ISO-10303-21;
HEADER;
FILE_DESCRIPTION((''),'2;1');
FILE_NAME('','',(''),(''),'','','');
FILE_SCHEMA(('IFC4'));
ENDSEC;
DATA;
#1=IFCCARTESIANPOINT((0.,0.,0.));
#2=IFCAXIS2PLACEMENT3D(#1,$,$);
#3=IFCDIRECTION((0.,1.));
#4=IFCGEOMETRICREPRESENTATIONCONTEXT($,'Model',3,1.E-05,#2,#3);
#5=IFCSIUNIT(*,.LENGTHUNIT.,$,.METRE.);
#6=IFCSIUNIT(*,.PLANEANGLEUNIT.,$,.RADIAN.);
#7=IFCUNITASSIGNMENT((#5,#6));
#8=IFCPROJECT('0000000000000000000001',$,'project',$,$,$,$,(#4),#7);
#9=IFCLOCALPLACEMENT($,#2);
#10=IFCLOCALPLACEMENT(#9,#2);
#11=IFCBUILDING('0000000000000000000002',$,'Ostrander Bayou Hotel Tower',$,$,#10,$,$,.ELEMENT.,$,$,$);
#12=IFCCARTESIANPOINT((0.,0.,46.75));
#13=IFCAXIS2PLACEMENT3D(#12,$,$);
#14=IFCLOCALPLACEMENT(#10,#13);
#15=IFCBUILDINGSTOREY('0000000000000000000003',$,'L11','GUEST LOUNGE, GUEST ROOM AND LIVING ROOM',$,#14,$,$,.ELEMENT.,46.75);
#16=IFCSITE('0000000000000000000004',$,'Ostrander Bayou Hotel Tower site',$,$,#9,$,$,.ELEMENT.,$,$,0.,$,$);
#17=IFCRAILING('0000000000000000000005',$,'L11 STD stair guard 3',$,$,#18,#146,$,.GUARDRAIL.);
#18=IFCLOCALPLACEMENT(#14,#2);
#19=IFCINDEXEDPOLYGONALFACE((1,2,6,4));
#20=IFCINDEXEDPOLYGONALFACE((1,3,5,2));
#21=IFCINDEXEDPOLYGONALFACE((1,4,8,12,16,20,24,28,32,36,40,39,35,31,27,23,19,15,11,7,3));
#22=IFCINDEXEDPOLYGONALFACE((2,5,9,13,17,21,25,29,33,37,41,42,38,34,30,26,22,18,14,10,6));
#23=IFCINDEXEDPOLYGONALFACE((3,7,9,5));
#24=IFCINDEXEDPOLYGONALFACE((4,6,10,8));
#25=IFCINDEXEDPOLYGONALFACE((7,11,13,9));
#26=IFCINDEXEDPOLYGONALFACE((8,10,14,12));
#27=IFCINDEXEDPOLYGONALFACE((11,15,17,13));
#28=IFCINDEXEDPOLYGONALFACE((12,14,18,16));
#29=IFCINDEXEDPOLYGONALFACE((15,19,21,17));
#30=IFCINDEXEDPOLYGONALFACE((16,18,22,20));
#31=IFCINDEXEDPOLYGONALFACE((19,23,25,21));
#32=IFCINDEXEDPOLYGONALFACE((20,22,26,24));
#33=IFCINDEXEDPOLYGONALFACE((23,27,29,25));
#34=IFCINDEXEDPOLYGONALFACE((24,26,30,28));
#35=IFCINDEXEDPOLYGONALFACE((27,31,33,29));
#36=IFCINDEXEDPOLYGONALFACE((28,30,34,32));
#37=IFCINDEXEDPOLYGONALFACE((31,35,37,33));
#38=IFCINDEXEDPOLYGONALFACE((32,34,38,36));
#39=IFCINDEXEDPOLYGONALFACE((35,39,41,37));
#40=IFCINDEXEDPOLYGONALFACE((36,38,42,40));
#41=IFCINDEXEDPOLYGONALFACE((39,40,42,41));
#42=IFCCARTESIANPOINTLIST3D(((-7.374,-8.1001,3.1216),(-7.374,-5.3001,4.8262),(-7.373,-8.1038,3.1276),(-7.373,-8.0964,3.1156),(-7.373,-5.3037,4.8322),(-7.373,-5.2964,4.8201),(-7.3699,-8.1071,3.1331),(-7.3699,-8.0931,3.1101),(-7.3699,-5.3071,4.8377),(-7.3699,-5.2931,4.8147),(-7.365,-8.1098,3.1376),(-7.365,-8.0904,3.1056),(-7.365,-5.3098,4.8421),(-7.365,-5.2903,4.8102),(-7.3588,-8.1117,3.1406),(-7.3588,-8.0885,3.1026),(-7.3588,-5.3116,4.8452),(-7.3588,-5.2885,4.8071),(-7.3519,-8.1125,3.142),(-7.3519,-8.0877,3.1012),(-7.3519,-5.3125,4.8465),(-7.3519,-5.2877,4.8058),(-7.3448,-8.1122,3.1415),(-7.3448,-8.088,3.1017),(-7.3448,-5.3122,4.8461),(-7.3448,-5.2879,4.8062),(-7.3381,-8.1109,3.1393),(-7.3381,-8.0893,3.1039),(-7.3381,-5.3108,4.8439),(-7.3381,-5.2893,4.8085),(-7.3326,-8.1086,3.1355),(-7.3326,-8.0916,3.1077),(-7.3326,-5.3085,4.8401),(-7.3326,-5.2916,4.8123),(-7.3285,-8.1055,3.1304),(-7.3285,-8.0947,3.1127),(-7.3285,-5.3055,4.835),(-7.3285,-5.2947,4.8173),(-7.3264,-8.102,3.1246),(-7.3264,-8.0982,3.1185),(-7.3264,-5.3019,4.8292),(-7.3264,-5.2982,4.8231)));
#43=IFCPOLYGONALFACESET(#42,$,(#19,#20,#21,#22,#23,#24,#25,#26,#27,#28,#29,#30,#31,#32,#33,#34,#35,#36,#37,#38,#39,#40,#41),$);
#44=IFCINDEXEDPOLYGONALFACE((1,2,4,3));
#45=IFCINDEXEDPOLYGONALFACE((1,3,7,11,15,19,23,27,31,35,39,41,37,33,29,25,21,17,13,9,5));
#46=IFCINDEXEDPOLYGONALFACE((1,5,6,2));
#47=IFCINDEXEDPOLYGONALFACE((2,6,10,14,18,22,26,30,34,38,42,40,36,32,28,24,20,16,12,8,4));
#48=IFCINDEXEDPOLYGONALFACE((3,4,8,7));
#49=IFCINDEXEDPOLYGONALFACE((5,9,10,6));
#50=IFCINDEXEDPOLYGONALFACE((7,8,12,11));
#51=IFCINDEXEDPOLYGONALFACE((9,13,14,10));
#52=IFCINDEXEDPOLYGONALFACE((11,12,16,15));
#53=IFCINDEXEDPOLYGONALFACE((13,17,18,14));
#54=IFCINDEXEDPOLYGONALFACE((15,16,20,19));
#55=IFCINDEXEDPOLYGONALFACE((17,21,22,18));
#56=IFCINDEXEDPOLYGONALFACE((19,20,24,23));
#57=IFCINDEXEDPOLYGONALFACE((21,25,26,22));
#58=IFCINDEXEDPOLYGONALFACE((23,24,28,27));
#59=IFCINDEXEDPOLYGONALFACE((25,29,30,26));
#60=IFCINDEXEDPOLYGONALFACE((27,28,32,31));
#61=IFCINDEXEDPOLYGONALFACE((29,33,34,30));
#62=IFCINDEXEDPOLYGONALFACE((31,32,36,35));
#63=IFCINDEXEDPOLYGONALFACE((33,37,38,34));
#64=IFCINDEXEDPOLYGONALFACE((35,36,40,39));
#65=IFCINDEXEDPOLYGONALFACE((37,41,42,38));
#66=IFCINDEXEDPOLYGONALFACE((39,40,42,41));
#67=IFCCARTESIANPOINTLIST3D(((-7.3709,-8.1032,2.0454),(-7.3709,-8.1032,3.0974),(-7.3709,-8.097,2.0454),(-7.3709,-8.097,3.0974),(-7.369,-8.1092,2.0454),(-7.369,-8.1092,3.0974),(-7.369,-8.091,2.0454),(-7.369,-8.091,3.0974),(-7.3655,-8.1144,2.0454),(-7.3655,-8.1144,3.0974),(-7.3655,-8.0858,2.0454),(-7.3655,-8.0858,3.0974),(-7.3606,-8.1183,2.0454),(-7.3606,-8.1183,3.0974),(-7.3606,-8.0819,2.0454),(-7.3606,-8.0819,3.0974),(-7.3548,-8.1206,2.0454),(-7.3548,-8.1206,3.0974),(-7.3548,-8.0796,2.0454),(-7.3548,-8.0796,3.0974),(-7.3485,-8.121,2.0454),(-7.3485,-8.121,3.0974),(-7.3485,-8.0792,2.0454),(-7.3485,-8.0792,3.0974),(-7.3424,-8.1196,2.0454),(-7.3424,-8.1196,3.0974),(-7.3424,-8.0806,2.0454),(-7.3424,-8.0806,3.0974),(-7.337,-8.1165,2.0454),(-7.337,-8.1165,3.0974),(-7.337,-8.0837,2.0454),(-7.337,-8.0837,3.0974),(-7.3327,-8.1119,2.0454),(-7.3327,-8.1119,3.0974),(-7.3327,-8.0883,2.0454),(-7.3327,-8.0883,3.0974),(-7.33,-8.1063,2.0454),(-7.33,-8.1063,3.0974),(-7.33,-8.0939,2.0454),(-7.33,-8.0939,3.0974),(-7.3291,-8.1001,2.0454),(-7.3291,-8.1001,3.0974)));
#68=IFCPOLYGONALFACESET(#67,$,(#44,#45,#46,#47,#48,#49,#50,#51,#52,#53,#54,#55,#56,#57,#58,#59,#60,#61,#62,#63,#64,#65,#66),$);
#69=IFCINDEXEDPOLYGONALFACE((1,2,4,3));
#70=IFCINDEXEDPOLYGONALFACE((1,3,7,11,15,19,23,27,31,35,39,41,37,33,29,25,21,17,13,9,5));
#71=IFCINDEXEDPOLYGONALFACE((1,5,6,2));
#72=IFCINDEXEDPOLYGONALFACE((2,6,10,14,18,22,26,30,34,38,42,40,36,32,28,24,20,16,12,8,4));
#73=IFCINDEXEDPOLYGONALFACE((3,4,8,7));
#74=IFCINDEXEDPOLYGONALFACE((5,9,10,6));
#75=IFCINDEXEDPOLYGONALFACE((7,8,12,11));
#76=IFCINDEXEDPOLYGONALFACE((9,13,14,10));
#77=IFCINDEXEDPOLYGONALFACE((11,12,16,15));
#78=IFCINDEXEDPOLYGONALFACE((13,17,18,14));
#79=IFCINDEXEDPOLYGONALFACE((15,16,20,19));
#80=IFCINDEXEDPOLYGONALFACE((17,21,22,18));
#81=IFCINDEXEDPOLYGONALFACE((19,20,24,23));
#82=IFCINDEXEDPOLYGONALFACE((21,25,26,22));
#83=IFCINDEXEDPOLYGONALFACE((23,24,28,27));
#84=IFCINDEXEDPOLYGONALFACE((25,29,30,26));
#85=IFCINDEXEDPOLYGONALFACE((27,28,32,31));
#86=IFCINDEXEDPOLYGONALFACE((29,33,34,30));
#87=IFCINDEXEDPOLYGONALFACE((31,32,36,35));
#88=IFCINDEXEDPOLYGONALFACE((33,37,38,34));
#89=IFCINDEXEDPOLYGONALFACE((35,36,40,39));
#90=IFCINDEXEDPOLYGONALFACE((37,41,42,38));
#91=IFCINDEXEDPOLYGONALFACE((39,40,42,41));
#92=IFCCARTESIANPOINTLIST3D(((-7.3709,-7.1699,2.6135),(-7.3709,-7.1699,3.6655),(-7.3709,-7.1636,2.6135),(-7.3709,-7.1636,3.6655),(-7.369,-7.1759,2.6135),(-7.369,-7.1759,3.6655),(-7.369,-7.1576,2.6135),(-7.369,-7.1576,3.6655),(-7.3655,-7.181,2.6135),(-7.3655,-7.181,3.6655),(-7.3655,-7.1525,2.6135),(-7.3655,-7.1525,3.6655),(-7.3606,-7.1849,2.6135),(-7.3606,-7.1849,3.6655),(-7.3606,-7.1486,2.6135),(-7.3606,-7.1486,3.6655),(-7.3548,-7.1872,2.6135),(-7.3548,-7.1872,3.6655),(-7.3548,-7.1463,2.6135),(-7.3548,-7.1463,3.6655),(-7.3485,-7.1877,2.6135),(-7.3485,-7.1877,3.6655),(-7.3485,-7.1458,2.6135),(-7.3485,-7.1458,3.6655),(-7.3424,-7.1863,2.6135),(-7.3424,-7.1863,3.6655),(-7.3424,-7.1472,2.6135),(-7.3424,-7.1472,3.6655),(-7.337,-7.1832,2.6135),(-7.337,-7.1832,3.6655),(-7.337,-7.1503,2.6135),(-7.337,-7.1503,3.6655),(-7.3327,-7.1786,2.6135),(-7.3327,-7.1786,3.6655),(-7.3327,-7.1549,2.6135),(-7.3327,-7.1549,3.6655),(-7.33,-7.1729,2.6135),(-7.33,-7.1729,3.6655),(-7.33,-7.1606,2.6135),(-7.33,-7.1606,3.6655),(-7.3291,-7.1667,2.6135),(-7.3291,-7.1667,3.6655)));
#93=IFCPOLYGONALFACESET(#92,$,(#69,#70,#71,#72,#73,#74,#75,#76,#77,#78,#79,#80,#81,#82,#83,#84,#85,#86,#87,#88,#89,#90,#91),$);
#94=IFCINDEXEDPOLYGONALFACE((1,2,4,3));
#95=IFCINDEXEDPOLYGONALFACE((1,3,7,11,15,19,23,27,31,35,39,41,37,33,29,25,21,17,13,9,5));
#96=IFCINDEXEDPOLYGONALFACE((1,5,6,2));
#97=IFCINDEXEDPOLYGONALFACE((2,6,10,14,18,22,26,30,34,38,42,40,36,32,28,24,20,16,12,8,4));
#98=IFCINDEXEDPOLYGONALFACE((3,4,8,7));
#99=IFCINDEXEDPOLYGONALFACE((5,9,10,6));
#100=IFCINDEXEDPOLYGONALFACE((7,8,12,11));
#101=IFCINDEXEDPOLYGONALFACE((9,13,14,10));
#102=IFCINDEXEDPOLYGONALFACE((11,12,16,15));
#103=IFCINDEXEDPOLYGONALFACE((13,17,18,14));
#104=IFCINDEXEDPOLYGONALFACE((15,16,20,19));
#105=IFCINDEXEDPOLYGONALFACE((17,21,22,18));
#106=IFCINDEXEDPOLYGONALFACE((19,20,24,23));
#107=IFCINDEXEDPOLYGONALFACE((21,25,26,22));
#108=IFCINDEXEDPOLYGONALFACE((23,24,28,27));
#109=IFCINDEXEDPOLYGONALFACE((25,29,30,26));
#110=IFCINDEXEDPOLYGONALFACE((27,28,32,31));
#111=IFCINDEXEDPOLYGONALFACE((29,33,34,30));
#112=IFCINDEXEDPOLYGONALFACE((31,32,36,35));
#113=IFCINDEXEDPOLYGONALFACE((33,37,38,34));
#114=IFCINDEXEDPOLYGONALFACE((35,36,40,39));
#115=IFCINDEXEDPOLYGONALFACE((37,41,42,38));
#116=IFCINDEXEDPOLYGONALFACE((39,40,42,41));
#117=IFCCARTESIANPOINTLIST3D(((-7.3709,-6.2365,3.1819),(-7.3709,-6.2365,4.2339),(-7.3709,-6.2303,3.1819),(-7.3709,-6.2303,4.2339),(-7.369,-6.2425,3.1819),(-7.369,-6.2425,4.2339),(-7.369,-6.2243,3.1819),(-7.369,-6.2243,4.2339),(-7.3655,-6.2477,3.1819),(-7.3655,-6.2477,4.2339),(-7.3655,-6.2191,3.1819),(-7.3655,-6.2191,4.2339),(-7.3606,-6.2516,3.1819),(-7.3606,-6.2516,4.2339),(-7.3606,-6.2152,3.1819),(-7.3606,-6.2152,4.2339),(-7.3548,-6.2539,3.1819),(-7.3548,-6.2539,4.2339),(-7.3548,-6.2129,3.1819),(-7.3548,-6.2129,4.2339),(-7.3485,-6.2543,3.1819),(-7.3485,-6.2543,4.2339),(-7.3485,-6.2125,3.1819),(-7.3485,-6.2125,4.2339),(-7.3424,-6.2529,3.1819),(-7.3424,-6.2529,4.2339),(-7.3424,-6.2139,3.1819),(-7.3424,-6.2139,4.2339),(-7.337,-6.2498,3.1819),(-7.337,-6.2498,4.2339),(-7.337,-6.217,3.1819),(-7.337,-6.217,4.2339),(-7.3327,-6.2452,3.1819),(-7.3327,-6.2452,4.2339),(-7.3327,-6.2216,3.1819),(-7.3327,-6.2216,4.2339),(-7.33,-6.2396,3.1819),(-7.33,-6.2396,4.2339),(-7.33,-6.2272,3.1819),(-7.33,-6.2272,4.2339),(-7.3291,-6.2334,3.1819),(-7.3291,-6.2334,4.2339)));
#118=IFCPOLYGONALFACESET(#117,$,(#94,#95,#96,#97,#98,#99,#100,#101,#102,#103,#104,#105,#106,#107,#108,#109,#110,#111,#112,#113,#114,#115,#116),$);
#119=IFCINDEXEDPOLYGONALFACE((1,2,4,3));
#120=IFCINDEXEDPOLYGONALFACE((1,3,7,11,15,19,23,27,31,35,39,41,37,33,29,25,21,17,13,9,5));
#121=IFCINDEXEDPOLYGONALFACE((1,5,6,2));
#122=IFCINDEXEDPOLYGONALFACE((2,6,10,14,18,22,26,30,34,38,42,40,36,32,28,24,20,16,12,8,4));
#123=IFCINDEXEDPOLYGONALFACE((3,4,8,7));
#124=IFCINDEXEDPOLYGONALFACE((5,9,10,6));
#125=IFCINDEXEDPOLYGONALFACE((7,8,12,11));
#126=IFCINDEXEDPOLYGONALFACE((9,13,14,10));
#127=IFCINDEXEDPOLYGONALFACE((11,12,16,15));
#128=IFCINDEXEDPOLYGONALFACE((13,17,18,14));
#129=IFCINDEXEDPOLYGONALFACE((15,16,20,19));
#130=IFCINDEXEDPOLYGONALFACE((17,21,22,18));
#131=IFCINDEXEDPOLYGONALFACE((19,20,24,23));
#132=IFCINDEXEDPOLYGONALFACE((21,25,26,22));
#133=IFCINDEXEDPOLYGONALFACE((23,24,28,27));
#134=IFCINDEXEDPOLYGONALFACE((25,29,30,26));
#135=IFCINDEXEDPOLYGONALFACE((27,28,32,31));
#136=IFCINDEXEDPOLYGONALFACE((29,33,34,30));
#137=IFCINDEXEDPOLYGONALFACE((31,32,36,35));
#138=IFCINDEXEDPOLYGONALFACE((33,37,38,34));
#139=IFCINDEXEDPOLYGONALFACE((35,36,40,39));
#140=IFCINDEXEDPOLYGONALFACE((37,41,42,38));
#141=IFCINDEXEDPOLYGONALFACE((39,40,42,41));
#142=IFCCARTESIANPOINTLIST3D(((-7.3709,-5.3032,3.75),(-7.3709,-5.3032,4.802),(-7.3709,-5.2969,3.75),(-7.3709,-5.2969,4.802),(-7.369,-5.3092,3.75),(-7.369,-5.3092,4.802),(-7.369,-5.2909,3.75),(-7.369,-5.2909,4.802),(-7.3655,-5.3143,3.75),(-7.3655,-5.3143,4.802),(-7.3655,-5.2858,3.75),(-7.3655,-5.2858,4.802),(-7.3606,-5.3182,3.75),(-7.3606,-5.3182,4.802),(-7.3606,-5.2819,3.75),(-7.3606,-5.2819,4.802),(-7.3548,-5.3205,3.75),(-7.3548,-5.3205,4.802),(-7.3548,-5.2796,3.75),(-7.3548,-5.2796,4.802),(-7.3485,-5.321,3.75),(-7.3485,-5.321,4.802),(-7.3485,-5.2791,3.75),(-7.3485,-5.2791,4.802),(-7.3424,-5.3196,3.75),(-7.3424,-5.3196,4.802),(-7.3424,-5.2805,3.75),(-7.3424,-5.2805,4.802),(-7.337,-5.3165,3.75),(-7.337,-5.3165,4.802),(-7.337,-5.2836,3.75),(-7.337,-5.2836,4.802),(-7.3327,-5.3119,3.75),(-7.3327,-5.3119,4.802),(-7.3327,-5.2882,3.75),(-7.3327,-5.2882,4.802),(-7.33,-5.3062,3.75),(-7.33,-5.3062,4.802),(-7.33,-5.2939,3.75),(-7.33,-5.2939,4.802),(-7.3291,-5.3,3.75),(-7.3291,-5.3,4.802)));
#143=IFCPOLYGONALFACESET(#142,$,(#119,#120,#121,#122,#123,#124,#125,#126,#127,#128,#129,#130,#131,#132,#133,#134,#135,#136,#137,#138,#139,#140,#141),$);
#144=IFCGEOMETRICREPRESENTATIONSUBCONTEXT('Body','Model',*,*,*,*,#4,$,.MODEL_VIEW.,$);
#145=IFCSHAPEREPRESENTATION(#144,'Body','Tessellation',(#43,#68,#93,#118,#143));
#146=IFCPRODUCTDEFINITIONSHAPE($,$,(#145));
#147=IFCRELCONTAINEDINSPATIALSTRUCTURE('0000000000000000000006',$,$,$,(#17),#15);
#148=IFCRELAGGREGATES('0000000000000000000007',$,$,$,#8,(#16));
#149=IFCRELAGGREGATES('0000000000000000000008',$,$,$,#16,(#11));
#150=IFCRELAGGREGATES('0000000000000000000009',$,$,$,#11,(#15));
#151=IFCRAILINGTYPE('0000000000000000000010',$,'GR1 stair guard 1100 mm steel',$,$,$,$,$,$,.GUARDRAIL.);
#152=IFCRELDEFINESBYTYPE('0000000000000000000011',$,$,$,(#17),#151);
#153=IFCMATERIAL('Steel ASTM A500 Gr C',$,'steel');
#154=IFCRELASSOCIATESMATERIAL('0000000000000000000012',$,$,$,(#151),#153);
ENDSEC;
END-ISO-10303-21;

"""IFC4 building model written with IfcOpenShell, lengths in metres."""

from ifc_helpers import new_model, si_unit, direction, frame, origin, origin_2d, place, context, subcontext, project, spatial, circle, extrude, material, type_object, element, save


model = new_model("IFC4")

# Units and contexts
model_context = context("Model", 3, precision=1e-05, world=origin(), true_north=direction((0.0, 1.0)))
body_context = subcontext(model_context, "Body", "Model", "MODEL_VIEW")
ifc_project = project(units=[si_unit("LENGTHUNIT", "METRE"), si_unit("PLANEANGLEUNIT", "RADIAN")], contexts=[model_context])

# Site, building, storey
site_placement = place(None, origin())
site = spatial("IfcSite", under=ifc_project, at=site_placement, Name="Ostrander Bayou Hotel Tower site", CompositionType="ELEMENT", RefElevation=0.0)
building_placement = place(site_placement, origin())
building = spatial("IfcBuilding", under=site, at=building_placement, Name="Ostrander Bayou Hotel Tower", CompositionType="ELEMENT")
storey_placement = place(building_placement, frame((0.0, 0.0, 46.75)))
storey = spatial("IfcBuildingStorey", under=building, at=storey_placement, Name="L11", Description="GUEST LOUNGE, GUEST ROOM AND LIVING ROOM", CompositionType="ELEMENT", Elevation=46.75)

# Railing
ifc_material_1 = material(Name="Steel ASTM A500 Gr C", Category="steel")
railing_type_1 = type_object("IfcRailingType", Name="GR1 stair guard 1100 mm steel", PredefinedType="GUARDRAIL", material=ifc_material_1)
railing_1_placement = place(storey_placement, frame((-7.3501, -8.1001, 2.0454)))
element("IfcRailing", 1, at=railing_1_placement, inside=storey, type_object=railing_type_1, Name="L11 STD stair guard 3", PredefinedType="GUARDRAIL", context=body_context, shape_type="SweptSolid", body=[
    extrude(circle(Radius=0.0239, at=origin_2d()), frame((0.0, 0.0, 1.0762), z_axis=(0.0, 0.85417, 0.519994), x_axis=(-1.0, 0.0, 0.0)), (0.0, 0.0, 1.0), 3.2781),
    extrude(circle(Radius=0.021, at=origin_2d()), origin(), (0.0, 0.0, 1.0), 1.052),
    extrude(circle(Radius=0.021, at=origin_2d()), frame((0.0, 0.9333, 0.5681)), (0.0, 0.0, 1.0), 1.052),
    extrude(circle(Radius=0.021, at=origin_2d()), frame((0.0, 1.8667, 1.1365)), (0.0, 0.0, 1.0), 1.052),
    extrude(circle(Radius=0.021, at=origin_2d()), frame((0.0, 2.8, 1.7046)), (0.0, 0.0, 1.0), 1.052),
])

save(model, "model.ifc")
